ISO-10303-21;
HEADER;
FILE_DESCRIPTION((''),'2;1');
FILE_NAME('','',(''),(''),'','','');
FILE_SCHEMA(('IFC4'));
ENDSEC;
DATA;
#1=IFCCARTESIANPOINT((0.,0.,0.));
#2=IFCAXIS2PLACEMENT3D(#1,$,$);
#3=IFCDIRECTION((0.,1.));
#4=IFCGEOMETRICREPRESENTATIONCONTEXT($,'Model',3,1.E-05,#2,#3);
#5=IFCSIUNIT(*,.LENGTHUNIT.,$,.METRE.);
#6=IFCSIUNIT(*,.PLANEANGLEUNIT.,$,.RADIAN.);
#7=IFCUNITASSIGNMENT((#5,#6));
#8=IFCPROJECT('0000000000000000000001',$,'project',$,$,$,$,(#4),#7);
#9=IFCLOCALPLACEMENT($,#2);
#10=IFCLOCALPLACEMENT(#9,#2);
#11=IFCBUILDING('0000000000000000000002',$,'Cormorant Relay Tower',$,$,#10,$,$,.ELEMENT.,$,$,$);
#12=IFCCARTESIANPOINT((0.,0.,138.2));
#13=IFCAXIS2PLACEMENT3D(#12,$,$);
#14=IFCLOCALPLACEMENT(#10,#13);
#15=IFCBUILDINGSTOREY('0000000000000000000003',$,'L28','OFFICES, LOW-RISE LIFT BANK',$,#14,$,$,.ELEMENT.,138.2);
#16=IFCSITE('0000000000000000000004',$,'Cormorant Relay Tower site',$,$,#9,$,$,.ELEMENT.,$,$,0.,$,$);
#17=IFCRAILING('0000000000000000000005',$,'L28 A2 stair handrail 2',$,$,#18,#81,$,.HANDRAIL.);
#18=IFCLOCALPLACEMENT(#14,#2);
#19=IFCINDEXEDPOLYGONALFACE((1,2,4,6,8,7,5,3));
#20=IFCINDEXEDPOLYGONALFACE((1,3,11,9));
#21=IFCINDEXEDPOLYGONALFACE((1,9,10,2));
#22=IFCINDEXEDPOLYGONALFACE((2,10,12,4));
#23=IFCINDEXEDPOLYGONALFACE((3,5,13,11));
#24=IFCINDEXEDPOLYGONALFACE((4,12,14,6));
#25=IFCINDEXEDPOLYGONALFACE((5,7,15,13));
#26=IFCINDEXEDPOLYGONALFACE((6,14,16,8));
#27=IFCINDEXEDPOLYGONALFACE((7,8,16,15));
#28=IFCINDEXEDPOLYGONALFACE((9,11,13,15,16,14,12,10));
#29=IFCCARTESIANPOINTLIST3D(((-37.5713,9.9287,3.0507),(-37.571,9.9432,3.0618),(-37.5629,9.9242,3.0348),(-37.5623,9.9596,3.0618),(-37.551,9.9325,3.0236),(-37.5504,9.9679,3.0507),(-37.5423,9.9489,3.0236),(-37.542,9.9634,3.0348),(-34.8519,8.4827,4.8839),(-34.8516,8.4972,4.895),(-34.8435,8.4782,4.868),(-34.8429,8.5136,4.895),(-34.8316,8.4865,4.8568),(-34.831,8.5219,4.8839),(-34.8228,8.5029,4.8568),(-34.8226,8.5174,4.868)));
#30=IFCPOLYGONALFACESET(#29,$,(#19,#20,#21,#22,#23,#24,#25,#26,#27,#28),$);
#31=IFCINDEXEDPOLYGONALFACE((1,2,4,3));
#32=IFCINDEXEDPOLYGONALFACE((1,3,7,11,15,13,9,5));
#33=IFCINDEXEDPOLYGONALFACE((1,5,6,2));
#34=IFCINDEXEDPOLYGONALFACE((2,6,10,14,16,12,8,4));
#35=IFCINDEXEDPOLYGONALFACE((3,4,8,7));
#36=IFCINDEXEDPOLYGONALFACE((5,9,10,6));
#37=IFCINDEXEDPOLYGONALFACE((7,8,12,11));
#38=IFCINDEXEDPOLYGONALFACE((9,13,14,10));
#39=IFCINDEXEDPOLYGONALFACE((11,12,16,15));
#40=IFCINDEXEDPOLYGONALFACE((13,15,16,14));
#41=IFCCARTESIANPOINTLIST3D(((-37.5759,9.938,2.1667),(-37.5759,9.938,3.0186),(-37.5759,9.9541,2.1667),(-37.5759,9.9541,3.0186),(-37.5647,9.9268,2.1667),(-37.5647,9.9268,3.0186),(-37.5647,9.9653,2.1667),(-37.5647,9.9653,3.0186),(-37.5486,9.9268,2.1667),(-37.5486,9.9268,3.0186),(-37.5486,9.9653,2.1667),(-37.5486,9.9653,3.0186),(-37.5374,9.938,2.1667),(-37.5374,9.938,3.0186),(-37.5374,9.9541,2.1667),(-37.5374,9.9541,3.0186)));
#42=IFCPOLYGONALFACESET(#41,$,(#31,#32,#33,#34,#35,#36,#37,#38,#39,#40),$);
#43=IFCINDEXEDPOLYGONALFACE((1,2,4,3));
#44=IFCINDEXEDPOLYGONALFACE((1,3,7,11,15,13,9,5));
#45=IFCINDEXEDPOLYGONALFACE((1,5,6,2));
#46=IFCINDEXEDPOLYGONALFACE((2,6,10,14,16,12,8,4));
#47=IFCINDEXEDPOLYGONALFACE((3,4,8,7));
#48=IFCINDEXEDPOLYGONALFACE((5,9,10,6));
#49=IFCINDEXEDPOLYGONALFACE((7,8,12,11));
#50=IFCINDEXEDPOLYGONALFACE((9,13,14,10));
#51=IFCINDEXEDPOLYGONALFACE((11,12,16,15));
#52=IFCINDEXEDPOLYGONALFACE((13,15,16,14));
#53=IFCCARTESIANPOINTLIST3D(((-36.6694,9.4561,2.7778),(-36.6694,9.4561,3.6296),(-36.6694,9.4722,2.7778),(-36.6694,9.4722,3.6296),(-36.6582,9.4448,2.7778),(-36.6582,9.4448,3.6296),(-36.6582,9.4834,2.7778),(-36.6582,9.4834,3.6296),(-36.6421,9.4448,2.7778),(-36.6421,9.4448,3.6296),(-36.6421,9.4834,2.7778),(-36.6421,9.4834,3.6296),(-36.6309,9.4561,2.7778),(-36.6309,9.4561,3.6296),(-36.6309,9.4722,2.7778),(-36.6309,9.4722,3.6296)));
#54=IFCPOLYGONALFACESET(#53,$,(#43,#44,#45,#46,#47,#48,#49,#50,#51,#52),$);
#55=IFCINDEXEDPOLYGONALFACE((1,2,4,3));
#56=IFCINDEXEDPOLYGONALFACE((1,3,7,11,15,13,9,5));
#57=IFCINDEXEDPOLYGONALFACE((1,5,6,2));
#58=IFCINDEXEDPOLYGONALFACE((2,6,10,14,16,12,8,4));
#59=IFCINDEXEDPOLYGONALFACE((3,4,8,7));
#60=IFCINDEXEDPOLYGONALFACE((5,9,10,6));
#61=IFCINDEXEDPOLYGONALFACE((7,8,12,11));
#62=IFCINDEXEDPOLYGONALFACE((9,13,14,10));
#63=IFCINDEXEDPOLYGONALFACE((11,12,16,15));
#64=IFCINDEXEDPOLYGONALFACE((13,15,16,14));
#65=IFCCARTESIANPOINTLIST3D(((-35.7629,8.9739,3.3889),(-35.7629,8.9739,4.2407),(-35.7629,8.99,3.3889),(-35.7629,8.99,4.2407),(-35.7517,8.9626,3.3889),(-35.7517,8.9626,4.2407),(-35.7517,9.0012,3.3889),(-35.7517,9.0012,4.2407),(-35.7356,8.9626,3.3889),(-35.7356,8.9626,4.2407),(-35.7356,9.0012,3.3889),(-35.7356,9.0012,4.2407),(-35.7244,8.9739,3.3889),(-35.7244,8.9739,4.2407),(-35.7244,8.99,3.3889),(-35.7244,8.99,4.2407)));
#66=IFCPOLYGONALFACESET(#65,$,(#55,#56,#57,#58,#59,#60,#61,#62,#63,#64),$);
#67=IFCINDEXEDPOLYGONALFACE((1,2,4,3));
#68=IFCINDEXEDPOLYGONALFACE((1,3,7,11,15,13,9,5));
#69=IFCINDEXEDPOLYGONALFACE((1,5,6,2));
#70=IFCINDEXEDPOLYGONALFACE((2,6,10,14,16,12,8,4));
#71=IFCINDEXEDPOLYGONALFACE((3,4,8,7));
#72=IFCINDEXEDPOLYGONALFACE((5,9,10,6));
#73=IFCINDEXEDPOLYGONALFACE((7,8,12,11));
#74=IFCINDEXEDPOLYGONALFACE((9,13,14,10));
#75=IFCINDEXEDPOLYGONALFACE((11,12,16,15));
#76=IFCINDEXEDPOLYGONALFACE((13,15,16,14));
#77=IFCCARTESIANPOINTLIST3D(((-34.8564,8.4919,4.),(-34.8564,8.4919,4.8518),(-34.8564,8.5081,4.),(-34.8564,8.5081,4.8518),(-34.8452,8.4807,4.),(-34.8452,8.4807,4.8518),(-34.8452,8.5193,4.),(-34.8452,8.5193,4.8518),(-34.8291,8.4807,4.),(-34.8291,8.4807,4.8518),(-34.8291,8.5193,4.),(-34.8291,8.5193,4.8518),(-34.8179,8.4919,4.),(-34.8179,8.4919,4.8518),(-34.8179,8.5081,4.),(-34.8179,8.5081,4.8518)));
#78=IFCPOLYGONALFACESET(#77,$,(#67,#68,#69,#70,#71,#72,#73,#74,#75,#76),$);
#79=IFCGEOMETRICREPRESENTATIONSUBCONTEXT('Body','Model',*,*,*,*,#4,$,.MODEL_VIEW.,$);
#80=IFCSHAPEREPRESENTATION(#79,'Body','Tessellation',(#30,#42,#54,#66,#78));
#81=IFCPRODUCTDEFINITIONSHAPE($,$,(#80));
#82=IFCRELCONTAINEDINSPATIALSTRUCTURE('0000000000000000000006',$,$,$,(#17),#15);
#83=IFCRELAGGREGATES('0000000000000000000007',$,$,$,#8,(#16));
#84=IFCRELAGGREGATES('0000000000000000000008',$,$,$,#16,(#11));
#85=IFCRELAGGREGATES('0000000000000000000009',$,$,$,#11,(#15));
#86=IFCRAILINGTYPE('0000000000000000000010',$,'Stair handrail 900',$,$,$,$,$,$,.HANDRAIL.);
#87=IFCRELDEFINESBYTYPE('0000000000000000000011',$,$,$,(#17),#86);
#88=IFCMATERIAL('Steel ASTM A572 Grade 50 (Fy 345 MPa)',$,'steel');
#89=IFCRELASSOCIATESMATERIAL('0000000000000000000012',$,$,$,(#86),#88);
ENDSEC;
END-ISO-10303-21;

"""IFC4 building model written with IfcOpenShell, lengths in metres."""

from ifc_helpers import new_model, si_unit, direction, frame, origin, place, context, subcontext, project, spatial, polyline, outline, extrude, material, type_object, element, save


model = new_model("IFC4")

# Units and contexts
model_context = context("Model", 3, precision=1e-05, world=origin(), true_north=direction((0.0, 1.0)))
body_context = subcontext(model_context, "Body", "Model", "MODEL_VIEW")
ifc_project = project(units=[si_unit("LENGTHUNIT", "METRE"), si_unit("PLANEANGLEUNIT", "RADIAN")], contexts=[model_context])

# Site, building, storey
site_placement = place(None, origin())
site = spatial("IfcSite", under=ifc_project, at=site_placement, Name="Cormorant Relay Tower site", CompositionType="ELEMENT", RefElevation=0.0)
building_placement = place(site_placement, origin())
building = spatial("IfcBuilding", under=site, at=building_placement, Name="Cormorant Relay Tower", CompositionType="ELEMENT")
storey_placement = place(building_placement, frame((0.0, 0.0, 138.2)))
storey = spatial("IfcBuildingStorey", under=building, at=storey_placement, Name="L28", Description="OFFICES, LOW-RISE LIFT BANK", CompositionType="ELEMENT", Elevation=138.2)

# Railing
ifc_material_1 = material(Name="Steel ASTM A572 Grade 50 (Fy 345 MPa)", Category="steel")
railing_type_1 = type_object("IfcRailingType", Name="Stair handrail 900", PredefinedType="HANDRAIL", material=ifc_material_1)
railing_1_placement = place(storey_placement, frame((-37.5566, 9.946, 2.1667)))
element("IfcRailing", 1, at=railing_1_placement, inside=storey, type_object=railing_type_1, Name="L28 A2 stair handrail 2", PredefinedType="HANDRAIL", context=body_context, shape_type="SweptSolid", body=[
    extrude(outline(polyline([(0.0222, 0.0093), (0.0093, 0.0222), (-0.0093, 0.0222), (-0.0222, 0.0093), (-0.0222, -0.0093), (-0.0093, -0.0222), (0.0093, -0.0222), (0.0222, -0.0093), (0.0222, 0.0093)])), frame((0.0, 0.0, 0.876), z_axis=(0.758714, -0.403435, 0.511463), x_axis=(0.469489, 0.882938, 0.0)), (0.0, 0.0, 1.0), 3.5842),
    extrude(outline(polyline([(0.0193, 0.0081), (0.0081, 0.0193), (-0.0081, 0.0193), (-0.0193, 0.0081), (-0.0193, -0.0081), (-0.0081, -0.0193), (0.0081, -0.0193), (0.0193, -0.0081), (0.0193, 0.0081)])), origin(), (0.0, 0.0, 1.0), 0.8518),
    extrude(outline(polyline([(0.0193, 0.0081), (0.0081, 0.0193), (-0.0081, 0.0193), (-0.0193, 0.0081), (-0.0193, -0.0081), (-0.0081, -0.0193), (0.0081, -0.0193), (0.0193, -0.0081), (0.0193, 0.0081)])), frame((0.9065, -0.4819, 0.6111)), (0.0, 0.0, 1.0), 0.8518),
    extrude(outline(polyline([(0.0193, 0.0081), (0.0081, 0.0193), (-0.0081, 0.0193), (-0.0193, 0.0081), (-0.0193, -0.0081), (-0.0081, -0.0193), (0.0081, -0.0193), (0.0193, -0.0081), (0.0193, 0.0081)])), frame((1.813, -0.9641, 1.2222)), (0.0, 0.0, 1.0), 0.8518),
    extrude(outline(polyline([(0.0193, 0.0081), (0.0081, 0.0193), (-0.0081, 0.0193), (-0.0193, 0.0081), (-0.0193, -0.0081), (-0.0081, -0.0193), (0.0081, -0.0193), (0.0193, -0.0081), (0.0193, 0.0081)])), frame((2.7195, -1.446, 1.8333)), (0.0, 0.0, 1.0), 0.8518),
])

save(model, "model.ifc")
